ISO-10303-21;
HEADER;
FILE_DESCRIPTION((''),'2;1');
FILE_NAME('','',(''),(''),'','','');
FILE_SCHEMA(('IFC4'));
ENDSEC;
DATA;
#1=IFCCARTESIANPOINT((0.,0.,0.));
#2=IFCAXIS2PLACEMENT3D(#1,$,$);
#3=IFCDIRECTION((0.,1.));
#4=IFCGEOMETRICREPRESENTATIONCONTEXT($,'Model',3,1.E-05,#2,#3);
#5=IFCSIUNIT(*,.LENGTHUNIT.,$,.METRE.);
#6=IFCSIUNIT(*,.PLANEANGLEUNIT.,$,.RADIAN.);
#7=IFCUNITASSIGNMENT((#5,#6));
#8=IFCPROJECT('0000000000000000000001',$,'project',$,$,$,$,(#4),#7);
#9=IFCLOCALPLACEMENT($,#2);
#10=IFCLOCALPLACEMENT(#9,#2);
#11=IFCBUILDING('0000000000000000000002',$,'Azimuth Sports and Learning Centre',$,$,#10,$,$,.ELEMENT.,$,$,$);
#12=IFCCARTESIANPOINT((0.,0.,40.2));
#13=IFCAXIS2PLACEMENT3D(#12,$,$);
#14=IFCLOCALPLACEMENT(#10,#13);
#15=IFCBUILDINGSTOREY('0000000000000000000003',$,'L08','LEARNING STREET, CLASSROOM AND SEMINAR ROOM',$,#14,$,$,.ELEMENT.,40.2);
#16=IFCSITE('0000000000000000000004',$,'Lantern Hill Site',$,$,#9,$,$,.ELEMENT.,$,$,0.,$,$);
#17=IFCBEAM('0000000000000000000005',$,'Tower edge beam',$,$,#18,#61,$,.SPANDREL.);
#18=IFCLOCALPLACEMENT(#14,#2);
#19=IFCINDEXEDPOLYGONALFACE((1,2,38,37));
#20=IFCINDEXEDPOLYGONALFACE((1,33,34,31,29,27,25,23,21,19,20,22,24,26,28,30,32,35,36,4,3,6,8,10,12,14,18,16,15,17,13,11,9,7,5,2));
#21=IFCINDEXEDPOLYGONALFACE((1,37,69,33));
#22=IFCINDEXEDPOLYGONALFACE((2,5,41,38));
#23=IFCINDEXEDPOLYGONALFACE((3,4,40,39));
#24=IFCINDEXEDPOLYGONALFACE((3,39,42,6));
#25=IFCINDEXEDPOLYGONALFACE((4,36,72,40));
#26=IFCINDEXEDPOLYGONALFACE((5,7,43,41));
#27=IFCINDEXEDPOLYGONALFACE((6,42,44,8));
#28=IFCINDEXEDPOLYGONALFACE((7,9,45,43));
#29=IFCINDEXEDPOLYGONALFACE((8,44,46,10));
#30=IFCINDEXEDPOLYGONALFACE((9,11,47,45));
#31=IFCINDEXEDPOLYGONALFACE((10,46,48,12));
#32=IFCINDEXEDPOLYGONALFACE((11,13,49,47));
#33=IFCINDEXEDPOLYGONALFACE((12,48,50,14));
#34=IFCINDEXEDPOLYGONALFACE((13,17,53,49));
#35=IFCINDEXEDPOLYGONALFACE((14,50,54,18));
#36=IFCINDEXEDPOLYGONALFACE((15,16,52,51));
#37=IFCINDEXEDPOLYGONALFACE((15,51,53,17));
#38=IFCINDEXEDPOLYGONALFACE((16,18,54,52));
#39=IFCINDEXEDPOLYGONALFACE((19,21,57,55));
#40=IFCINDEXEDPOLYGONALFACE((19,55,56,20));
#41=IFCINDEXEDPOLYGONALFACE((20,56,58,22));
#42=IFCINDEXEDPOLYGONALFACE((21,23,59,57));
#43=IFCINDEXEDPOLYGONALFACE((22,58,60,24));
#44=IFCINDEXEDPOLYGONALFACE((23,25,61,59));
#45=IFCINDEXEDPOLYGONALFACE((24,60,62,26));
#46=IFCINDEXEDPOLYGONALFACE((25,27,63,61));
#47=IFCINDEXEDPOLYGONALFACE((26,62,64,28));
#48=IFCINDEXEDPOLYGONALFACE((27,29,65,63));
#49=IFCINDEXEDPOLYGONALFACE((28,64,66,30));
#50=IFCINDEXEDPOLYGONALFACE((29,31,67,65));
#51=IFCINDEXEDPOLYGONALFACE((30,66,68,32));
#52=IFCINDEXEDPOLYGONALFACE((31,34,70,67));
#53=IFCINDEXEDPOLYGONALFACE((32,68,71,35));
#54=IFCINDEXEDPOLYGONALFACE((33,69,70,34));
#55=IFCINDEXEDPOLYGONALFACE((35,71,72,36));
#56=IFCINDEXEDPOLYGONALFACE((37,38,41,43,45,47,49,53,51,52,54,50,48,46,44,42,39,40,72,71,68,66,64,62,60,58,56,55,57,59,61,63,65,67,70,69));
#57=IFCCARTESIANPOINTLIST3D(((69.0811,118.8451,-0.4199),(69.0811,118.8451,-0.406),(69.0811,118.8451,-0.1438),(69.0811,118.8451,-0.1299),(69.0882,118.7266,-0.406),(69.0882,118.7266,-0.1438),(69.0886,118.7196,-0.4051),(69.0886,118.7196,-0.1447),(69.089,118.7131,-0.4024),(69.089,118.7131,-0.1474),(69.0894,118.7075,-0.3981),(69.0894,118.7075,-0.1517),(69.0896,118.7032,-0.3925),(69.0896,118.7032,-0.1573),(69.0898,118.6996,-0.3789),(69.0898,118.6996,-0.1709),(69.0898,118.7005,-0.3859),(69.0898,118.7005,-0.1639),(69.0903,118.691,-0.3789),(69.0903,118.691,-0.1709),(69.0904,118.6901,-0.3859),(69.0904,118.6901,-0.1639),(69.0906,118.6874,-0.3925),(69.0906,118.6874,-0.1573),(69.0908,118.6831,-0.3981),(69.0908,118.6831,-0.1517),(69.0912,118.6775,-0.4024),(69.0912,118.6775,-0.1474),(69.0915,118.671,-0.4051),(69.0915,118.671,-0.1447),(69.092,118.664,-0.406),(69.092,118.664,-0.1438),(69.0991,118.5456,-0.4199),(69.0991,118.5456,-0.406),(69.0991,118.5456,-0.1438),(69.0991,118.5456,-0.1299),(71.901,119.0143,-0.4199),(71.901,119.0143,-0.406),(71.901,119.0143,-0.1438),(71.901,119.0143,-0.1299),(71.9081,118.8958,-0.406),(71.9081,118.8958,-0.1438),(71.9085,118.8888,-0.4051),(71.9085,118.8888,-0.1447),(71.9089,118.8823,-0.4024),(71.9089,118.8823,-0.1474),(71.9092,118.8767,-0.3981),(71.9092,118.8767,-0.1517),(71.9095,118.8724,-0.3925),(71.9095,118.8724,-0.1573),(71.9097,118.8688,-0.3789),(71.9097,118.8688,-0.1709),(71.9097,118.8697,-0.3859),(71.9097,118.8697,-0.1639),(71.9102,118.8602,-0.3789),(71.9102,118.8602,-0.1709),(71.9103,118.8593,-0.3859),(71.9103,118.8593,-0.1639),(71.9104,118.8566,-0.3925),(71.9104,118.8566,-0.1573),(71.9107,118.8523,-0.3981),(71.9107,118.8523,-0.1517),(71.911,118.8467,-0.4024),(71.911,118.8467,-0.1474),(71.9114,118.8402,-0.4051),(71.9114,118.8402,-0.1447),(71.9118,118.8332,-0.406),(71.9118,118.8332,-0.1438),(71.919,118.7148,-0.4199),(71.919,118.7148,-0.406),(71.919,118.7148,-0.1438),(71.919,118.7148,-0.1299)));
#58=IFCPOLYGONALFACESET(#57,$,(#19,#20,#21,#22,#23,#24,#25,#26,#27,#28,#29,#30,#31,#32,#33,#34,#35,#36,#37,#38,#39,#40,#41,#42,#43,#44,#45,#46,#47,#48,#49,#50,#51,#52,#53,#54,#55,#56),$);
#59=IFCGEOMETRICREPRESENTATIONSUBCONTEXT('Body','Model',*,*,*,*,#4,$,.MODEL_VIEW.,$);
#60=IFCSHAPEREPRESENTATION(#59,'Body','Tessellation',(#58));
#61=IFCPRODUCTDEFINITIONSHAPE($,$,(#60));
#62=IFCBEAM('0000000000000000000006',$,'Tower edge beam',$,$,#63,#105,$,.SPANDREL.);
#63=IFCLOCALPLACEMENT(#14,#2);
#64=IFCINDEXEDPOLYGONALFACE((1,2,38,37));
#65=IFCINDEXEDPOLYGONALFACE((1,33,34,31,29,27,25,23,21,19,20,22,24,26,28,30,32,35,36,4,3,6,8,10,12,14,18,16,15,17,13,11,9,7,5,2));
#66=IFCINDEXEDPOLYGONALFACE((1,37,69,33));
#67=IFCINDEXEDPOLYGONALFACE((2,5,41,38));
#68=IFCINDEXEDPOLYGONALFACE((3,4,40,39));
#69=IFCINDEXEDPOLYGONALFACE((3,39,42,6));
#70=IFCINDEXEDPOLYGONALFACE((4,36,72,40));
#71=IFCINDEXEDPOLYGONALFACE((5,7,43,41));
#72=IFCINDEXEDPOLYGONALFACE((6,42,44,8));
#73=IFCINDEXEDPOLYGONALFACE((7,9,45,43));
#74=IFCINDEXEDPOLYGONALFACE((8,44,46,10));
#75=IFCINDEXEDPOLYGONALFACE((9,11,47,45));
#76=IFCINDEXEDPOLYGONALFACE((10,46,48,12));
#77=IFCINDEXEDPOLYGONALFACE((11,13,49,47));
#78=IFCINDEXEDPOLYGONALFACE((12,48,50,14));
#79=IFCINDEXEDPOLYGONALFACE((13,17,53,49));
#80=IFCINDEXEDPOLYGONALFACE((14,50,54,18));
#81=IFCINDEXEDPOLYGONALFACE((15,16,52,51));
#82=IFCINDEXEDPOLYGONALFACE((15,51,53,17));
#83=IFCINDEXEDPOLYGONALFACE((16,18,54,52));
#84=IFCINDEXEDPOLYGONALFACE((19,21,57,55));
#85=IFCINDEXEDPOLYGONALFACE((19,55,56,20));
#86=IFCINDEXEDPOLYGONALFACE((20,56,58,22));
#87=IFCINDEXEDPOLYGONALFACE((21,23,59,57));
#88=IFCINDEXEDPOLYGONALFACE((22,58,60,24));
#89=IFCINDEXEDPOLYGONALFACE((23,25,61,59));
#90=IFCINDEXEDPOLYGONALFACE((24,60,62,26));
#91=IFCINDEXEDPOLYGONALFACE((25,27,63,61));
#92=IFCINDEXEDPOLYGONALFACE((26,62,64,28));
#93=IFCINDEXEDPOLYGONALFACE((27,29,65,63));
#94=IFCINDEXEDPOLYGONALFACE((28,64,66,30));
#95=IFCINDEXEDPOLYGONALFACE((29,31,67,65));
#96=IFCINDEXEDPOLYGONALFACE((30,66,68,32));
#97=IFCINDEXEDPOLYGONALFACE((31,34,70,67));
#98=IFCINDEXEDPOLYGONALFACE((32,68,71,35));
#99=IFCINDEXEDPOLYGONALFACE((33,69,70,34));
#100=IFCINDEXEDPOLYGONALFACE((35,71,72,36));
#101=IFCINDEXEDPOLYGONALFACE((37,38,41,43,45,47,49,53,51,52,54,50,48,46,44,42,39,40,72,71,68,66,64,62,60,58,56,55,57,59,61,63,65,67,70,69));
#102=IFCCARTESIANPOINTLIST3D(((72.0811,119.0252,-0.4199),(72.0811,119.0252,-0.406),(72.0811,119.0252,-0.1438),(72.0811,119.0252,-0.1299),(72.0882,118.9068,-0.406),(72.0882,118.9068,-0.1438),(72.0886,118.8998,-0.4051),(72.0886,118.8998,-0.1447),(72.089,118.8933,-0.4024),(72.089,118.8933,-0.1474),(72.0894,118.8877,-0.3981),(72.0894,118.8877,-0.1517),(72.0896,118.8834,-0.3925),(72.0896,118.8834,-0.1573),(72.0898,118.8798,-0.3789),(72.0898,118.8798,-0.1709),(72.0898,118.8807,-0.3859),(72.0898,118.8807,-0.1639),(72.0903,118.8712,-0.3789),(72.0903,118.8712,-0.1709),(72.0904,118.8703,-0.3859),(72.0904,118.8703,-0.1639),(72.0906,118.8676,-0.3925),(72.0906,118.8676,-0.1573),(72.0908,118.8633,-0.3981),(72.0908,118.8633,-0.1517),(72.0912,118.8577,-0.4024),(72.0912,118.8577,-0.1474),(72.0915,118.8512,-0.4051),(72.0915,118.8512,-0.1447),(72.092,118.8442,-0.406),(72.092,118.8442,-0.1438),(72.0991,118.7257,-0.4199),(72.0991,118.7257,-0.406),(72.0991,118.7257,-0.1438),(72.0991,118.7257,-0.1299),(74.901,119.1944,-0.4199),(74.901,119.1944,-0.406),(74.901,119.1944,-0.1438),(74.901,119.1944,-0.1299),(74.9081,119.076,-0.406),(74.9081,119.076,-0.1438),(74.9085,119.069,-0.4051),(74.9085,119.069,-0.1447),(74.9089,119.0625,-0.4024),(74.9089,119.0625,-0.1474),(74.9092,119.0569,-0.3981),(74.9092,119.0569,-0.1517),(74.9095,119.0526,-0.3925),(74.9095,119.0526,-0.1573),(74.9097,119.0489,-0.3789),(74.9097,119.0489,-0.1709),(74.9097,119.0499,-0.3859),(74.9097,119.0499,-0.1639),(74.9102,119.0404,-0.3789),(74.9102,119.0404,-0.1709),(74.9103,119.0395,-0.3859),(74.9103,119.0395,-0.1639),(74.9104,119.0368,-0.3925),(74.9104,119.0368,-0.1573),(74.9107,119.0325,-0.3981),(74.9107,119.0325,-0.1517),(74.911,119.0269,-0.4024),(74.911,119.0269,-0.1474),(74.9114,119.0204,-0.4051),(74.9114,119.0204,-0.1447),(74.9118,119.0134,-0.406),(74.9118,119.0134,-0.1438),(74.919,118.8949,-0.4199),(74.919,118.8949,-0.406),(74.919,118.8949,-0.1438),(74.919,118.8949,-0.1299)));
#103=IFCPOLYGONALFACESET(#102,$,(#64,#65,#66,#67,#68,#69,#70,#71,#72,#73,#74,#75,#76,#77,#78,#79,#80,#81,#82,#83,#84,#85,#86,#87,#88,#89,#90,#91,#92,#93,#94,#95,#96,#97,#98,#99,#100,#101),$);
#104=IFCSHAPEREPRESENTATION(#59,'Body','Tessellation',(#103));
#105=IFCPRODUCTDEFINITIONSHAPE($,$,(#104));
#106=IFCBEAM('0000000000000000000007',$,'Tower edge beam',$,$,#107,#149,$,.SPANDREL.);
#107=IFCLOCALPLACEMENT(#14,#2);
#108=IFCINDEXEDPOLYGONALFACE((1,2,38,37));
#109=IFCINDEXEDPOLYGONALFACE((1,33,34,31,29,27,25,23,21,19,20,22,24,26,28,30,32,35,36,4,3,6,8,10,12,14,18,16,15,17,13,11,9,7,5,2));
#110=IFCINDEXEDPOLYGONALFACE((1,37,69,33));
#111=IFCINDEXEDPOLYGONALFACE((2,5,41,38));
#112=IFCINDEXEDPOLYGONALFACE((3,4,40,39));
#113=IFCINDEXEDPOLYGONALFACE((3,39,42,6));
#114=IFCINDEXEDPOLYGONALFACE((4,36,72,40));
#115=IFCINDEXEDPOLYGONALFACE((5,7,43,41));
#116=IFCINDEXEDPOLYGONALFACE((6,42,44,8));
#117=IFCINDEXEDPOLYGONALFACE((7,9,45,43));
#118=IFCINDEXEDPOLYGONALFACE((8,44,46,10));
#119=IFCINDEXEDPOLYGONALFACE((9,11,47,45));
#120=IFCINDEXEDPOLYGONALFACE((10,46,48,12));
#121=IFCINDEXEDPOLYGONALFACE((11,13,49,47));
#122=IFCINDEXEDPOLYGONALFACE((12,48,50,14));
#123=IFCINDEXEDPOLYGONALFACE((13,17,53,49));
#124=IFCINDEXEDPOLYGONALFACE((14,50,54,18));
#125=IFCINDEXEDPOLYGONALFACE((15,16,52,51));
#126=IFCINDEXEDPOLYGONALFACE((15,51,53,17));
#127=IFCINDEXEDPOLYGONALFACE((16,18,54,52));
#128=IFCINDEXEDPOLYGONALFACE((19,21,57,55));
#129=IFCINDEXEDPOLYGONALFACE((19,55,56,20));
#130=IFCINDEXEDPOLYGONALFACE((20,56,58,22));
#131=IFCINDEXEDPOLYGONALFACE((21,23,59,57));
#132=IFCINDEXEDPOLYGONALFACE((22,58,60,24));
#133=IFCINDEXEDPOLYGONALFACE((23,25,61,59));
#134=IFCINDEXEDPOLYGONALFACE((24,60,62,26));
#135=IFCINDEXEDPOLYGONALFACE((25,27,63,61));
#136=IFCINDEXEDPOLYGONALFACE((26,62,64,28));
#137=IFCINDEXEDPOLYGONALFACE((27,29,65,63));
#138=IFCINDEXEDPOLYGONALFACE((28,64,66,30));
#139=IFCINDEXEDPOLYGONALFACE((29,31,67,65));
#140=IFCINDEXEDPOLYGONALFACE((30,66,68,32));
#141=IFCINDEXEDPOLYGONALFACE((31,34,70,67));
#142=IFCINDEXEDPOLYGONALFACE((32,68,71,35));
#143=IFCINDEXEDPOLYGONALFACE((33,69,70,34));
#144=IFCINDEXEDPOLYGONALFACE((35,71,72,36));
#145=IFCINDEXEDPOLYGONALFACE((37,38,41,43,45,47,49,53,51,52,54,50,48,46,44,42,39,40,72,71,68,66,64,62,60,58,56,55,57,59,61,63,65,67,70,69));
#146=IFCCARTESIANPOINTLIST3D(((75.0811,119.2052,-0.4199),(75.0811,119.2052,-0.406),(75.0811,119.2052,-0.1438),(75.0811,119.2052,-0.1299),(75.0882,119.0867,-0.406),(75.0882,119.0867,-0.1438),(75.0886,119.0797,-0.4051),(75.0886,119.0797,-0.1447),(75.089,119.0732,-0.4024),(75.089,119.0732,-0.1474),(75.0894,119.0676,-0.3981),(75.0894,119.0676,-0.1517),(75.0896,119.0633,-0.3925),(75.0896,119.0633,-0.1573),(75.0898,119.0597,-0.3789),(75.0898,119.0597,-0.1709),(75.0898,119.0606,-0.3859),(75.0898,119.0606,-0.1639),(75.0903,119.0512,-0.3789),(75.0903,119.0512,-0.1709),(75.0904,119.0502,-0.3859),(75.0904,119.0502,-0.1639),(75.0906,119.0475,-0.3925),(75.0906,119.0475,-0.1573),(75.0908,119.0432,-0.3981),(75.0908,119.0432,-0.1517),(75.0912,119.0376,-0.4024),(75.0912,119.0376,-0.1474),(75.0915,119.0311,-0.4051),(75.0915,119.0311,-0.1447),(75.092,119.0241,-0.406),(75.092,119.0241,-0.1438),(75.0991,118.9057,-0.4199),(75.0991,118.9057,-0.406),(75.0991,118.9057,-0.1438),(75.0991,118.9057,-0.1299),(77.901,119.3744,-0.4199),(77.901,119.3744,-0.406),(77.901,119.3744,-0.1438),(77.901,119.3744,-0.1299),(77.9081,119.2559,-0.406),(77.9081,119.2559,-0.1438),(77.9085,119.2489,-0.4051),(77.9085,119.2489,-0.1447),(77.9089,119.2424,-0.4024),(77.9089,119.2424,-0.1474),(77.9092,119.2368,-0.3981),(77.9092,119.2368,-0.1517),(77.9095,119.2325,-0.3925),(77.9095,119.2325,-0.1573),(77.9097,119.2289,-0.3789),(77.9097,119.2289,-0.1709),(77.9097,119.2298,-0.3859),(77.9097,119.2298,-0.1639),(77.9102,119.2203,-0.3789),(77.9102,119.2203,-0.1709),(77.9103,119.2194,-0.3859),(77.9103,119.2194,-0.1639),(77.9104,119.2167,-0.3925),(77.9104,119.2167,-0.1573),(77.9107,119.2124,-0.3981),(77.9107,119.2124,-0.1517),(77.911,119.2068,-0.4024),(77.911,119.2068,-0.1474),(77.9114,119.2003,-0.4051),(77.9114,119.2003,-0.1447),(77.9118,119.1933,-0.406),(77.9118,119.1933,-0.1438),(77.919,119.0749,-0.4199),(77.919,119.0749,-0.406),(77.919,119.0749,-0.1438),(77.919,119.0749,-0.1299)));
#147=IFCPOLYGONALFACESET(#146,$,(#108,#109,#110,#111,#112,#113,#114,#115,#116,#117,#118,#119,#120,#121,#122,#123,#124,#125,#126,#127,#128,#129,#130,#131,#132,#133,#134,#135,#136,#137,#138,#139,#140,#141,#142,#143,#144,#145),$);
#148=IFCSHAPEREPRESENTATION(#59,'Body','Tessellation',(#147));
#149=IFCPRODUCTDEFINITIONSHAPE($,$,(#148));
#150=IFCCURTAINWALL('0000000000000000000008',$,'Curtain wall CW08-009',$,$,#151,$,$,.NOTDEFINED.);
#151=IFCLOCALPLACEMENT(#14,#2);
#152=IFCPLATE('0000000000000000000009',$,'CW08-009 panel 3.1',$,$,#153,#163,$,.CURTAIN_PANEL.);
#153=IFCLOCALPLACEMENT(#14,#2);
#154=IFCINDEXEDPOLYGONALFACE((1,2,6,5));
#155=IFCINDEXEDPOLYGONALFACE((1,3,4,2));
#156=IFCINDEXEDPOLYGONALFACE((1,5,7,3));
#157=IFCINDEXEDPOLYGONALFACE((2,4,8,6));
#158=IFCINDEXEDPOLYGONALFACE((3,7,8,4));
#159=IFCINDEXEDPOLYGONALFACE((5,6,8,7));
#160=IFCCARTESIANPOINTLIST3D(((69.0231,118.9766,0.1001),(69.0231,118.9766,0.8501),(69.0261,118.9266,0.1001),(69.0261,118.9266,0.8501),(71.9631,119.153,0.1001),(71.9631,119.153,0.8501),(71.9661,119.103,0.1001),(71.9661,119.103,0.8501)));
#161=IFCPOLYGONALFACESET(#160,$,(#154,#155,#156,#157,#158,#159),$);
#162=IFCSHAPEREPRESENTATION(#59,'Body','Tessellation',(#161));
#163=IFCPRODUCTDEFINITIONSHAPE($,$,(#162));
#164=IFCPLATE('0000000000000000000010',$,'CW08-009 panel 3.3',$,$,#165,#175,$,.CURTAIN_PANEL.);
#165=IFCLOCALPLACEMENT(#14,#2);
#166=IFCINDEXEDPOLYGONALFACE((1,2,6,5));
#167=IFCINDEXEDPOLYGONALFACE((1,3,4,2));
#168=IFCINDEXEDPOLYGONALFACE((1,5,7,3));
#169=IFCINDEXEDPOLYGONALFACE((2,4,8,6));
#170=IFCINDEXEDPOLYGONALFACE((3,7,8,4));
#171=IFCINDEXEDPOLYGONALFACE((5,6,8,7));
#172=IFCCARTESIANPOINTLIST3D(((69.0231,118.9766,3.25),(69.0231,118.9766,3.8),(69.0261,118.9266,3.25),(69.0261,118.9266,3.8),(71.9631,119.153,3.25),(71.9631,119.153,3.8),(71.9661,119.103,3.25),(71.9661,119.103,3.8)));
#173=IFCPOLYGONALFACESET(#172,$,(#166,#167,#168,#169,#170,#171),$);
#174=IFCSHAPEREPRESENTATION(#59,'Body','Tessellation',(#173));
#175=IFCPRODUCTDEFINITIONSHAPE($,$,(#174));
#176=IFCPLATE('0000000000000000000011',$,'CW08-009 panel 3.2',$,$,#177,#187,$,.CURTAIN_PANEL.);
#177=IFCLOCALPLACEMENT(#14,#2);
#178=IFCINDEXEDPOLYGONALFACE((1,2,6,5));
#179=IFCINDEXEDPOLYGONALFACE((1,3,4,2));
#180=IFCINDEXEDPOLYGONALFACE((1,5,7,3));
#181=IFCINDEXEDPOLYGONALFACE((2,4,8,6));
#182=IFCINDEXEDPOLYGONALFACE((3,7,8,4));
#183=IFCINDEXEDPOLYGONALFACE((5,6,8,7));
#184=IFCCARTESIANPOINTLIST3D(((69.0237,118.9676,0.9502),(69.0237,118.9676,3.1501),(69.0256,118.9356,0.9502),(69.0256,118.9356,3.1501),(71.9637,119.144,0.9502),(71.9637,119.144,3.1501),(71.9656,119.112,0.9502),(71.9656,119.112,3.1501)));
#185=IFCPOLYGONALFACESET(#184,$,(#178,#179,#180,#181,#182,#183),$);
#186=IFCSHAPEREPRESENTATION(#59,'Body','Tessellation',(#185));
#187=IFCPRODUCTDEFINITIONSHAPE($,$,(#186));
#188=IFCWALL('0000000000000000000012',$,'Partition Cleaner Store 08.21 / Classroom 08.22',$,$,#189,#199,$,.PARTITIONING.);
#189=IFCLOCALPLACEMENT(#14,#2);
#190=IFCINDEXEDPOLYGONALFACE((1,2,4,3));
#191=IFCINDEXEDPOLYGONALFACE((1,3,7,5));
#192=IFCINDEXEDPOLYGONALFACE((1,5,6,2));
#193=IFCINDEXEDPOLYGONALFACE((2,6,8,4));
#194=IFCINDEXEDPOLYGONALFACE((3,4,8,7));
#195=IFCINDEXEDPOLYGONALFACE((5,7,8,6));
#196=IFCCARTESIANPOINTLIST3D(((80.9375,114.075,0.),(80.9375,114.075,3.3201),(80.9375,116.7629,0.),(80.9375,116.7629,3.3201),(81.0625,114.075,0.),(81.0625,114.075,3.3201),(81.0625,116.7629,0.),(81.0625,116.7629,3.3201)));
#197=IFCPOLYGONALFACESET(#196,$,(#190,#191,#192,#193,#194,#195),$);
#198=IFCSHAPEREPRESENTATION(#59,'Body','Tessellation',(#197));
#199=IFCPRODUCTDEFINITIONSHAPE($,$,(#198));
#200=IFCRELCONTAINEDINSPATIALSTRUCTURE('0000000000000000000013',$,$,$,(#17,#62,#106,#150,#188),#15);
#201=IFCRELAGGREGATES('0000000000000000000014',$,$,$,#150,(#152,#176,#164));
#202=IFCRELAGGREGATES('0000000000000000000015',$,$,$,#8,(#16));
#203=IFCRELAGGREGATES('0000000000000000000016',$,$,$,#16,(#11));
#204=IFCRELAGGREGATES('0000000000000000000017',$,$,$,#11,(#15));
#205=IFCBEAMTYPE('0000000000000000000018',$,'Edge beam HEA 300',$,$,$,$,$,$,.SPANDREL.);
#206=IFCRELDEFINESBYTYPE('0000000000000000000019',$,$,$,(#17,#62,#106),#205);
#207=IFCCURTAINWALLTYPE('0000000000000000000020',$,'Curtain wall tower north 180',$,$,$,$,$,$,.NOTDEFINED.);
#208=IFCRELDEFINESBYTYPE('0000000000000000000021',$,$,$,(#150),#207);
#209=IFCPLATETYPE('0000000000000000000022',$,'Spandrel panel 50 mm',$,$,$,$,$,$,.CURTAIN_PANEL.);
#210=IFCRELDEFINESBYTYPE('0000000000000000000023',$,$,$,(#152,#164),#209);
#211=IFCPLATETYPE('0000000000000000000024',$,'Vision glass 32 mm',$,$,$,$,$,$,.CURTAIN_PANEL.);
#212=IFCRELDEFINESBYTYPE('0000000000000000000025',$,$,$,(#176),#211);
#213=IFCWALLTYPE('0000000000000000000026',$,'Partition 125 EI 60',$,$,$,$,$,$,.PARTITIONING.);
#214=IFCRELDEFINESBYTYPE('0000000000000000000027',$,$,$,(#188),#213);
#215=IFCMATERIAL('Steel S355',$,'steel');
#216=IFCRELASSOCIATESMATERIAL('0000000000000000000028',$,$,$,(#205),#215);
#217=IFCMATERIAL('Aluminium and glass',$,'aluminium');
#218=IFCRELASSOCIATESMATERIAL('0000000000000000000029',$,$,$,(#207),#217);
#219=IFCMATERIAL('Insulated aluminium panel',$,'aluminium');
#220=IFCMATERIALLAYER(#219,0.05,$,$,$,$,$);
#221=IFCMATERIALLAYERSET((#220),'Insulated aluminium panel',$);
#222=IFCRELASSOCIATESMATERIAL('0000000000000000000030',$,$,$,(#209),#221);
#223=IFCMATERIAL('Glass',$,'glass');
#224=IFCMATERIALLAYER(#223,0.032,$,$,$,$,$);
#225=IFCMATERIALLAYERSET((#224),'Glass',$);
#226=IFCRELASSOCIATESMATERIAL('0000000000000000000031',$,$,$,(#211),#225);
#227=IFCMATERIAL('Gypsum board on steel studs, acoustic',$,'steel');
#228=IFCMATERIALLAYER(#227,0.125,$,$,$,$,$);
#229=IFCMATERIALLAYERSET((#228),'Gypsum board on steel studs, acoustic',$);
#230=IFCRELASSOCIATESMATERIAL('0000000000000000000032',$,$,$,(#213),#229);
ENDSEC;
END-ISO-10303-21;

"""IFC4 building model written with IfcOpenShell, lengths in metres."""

from ifc_helpers import new_model, si_unit, direction, frame, frame_2d, origin, origin_2d, place, context, subcontext, project, spatial, rectangle, i_section, extrude, material, layer, layer_set, material_profile, profile_set, type_object, element, aggregate, save


model = new_model("IFC4")

# Units and contexts
model_context = context("Model", 3, precision=1e-05, world=origin(), true_north=direction((0.0, 1.0)))
body_context = subcontext(model_context, "Body", "Model", "MODEL_VIEW")
ifc_project = project(units=[si_unit("LENGTHUNIT", "METRE"), si_unit("PLANEANGLEUNIT", "RADIAN")], contexts=[model_context])

# Site, building, storey
site_placement = place(None, origin())
site = spatial("IfcSite", under=ifc_project, at=site_placement, Name="Lantern Hill Site", CompositionType="ELEMENT", RefElevation=0.0)
building_placement = place(site_placement, origin())
building = spatial("IfcBuilding", under=site, at=building_placement, Name="Azimuth Sports and Learning Centre", CompositionType="ELEMENT")
storey_placement = place(building_placement, frame((0.0, 0.0, 40.2)))
storey = spatial("IfcBuildingStorey", under=building, at=storey_placement, Name="L08", Description="LEARNING STREET, CLASSROOM AND SEMINAR ROOM", CompositionType="ELEMENT", Elevation=40.2)

# Beams
ifc_material_1 = material(Name="Steel S355", Category="steel")
ifc_material_profile_1 = material_profile(ifc_material_1, i_section(OverallWidth=0.3, OverallDepth=0.29, WebThickness=0.0085, FlangeThickness=0.0139, FilletRadius=0.0271, at=origin_2d()), Name="HEA 300")
ifc_profile_set_1 = profile_set([ifc_material_profile_1], Name="Steel S355")
beam_type_1 = type_object("IfcBeamType", Name="Edge beam HEA 300", PredefinedType="SPANDREL", material=ifc_profile_set_1)
for number, where, z_axis, x_axis, name in (
    (1, (69.0901, 118.6953, -0.2749), (0.998205, 0.059892, 0.0), (-0.059892, 0.998205, 0.0), "Tower edge beam"),
    (2, (72.0901, 118.8755, -0.2749), (0.998205, 0.059892, 0.0), (-0.059892, 0.998205, 0.0), "Tower edge beam"),
    (3, (75.0901, 119.0554, -0.2749), (0.998205, 0.059892, 0.0), (-0.059892, 0.998205, 0.0), "Tower edge beam"),
):
    element("IfcBeam", number, at=place(storey_placement, frame(where, z_axis=z_axis, x_axis=x_axis)), inside=storey, type_object=beam_type_1, Name=name, PredefinedType="SPANDREL", context=body_context, shape_type="SweptSolid", body=[
        extrude(i_section(OverallWidth=0.3, OverallDepth=0.29, WebThickness=0.0085, FlangeThickness=0.0139, FilletRadius=0.0271, at=origin_2d()), origin(), (0.0, 0.0, 1.0), 2.825),
    ])

# Curtain wall, plates
ifc_material_2 = material(Name="Aluminium and glass", Category="aluminium")
curtain_wall_type = type_object("IfcCurtainWallType", Name="Curtain wall tower north 180", PredefinedType="NOTDEFINED", material=ifc_material_2)
curtain_wall_placement = place(storey_placement, origin())
curtain_wall = element("IfcCurtainWall", 4, at=curtain_wall_placement, inside=storey, type_object=curtain_wall_type, Name="Curtain wall CW08-009", PredefinedType="NOTDEFINED")
ifc_material_3 = material(Name="Insulated aluminium panel", Category="aluminium")
ifc_layer_1 = layer(ifc_material_3, 0.05)
ifc_layer_set_1 = layer_set([ifc_layer_1], Name="Insulated aluminium panel")
plate_type_1 = type_object("IfcPlateType", Name="Spandrel panel 50 mm", PredefinedType="CURTAIN_PANEL", material=ifc_layer_set_1)
plate_1_placement = place(storey_placement, frame((70.4946, 119.0398, 0.1001), z_axis=(0.0, 0.0, 1.0), x_axis=(-0.998205, -0.059892, 0.0)))
plate_1 = element("IfcPlate", 5, at=plate_1_placement, type_object=plate_type_1, Name="CW08-009 panel 3.1", PredefinedType="CURTAIN_PANEL", context=body_context, shape_type="SweptSolid", body=[
    extrude(rectangle(XDim=2.9453, YDim=0.05, at=origin_2d()), origin(), (0.0, 0.0, 1.0), 0.75),
])
plate_2_placement = place(storey_placement, frame((70.4946, 119.0398, 3.25), z_axis=(0.0, 0.0, 1.0), x_axis=(-0.998205, -0.059892, 0.0)))
plate_2 = element("IfcPlate", 6, at=plate_2_placement, type_object=plate_type_1, Name="CW08-009 panel 3.3", PredefinedType="CURTAIN_PANEL", context=body_context, shape_type="SweptSolid", body=[
    extrude(rectangle(XDim=2.9453, YDim=0.05, at=origin_2d()), origin(), (0.0, 0.0, 1.0), 0.55),
])
ifc_material_4 = material(Name="Glass", Category="glass")
ifc_layer_2 = layer(ifc_material_4, 0.032)
ifc_layer_set_2 = layer_set([ifc_layer_2], Name="Glass")
plate_type_2 = type_object("IfcPlateType", Name="Vision glass 32 mm", PredefinedType="CURTAIN_PANEL", material=ifc_layer_set_2)
plate_3_placement = place(storey_placement, frame((70.4946, 119.0398, 0.9502), z_axis=(0.0, 0.0, 1.0), x_axis=(-0.998205, -0.059892, 0.0)))
plate_3 = element("IfcPlate", 7, at=plate_3_placement, type_object=plate_type_2, Name="CW08-009 panel 3.2", PredefinedType="CURTAIN_PANEL", context=body_context, shape_type="SweptSolid", body=[
    extrude(rectangle(XDim=2.9453, YDim=0.032, at=origin_2d()), origin(), (0.0, 0.0, 1.0), 2.2),
])
aggregate(curtain_wall, [plate_1, plate_3, plate_2])

# Wall
ifc_material_5 = material(Name="Gypsum board on steel studs, acoustic", Category="steel")
ifc_layer_3 = layer(ifc_material_5, 0.125)
ifc_layer_set_3 = layer_set([ifc_layer_3], Name="Gypsum board on steel studs, acoustic")
wall_type_1 = type_object("IfcWallType", Name="Partition 125 EI 60", PredefinedType="PARTITIONING", material=ifc_layer_set_3)
wall_1_placement = place(storey_placement, frame((81.0, 114.075, 0.0), z_axis=(0.0, 0.0, 1.0), x_axis=(0.0, 1.0, 0.0)))
element("IfcWall", 8, at=wall_1_placement, inside=storey, type_object=wall_type_1, Name="Partition Cleaner Store 08.21 / Classroom 08.22", PredefinedType="PARTITIONING", context=body_context, shape_type="SweptSolid", body=[
    extrude(rectangle(XDim=2.688, YDim=0.125, at=frame_2d((1.344, 0.0))), origin(), (0.0, 0.0, 1.0), 3.3201),
])

save(model, "model.ifc")
